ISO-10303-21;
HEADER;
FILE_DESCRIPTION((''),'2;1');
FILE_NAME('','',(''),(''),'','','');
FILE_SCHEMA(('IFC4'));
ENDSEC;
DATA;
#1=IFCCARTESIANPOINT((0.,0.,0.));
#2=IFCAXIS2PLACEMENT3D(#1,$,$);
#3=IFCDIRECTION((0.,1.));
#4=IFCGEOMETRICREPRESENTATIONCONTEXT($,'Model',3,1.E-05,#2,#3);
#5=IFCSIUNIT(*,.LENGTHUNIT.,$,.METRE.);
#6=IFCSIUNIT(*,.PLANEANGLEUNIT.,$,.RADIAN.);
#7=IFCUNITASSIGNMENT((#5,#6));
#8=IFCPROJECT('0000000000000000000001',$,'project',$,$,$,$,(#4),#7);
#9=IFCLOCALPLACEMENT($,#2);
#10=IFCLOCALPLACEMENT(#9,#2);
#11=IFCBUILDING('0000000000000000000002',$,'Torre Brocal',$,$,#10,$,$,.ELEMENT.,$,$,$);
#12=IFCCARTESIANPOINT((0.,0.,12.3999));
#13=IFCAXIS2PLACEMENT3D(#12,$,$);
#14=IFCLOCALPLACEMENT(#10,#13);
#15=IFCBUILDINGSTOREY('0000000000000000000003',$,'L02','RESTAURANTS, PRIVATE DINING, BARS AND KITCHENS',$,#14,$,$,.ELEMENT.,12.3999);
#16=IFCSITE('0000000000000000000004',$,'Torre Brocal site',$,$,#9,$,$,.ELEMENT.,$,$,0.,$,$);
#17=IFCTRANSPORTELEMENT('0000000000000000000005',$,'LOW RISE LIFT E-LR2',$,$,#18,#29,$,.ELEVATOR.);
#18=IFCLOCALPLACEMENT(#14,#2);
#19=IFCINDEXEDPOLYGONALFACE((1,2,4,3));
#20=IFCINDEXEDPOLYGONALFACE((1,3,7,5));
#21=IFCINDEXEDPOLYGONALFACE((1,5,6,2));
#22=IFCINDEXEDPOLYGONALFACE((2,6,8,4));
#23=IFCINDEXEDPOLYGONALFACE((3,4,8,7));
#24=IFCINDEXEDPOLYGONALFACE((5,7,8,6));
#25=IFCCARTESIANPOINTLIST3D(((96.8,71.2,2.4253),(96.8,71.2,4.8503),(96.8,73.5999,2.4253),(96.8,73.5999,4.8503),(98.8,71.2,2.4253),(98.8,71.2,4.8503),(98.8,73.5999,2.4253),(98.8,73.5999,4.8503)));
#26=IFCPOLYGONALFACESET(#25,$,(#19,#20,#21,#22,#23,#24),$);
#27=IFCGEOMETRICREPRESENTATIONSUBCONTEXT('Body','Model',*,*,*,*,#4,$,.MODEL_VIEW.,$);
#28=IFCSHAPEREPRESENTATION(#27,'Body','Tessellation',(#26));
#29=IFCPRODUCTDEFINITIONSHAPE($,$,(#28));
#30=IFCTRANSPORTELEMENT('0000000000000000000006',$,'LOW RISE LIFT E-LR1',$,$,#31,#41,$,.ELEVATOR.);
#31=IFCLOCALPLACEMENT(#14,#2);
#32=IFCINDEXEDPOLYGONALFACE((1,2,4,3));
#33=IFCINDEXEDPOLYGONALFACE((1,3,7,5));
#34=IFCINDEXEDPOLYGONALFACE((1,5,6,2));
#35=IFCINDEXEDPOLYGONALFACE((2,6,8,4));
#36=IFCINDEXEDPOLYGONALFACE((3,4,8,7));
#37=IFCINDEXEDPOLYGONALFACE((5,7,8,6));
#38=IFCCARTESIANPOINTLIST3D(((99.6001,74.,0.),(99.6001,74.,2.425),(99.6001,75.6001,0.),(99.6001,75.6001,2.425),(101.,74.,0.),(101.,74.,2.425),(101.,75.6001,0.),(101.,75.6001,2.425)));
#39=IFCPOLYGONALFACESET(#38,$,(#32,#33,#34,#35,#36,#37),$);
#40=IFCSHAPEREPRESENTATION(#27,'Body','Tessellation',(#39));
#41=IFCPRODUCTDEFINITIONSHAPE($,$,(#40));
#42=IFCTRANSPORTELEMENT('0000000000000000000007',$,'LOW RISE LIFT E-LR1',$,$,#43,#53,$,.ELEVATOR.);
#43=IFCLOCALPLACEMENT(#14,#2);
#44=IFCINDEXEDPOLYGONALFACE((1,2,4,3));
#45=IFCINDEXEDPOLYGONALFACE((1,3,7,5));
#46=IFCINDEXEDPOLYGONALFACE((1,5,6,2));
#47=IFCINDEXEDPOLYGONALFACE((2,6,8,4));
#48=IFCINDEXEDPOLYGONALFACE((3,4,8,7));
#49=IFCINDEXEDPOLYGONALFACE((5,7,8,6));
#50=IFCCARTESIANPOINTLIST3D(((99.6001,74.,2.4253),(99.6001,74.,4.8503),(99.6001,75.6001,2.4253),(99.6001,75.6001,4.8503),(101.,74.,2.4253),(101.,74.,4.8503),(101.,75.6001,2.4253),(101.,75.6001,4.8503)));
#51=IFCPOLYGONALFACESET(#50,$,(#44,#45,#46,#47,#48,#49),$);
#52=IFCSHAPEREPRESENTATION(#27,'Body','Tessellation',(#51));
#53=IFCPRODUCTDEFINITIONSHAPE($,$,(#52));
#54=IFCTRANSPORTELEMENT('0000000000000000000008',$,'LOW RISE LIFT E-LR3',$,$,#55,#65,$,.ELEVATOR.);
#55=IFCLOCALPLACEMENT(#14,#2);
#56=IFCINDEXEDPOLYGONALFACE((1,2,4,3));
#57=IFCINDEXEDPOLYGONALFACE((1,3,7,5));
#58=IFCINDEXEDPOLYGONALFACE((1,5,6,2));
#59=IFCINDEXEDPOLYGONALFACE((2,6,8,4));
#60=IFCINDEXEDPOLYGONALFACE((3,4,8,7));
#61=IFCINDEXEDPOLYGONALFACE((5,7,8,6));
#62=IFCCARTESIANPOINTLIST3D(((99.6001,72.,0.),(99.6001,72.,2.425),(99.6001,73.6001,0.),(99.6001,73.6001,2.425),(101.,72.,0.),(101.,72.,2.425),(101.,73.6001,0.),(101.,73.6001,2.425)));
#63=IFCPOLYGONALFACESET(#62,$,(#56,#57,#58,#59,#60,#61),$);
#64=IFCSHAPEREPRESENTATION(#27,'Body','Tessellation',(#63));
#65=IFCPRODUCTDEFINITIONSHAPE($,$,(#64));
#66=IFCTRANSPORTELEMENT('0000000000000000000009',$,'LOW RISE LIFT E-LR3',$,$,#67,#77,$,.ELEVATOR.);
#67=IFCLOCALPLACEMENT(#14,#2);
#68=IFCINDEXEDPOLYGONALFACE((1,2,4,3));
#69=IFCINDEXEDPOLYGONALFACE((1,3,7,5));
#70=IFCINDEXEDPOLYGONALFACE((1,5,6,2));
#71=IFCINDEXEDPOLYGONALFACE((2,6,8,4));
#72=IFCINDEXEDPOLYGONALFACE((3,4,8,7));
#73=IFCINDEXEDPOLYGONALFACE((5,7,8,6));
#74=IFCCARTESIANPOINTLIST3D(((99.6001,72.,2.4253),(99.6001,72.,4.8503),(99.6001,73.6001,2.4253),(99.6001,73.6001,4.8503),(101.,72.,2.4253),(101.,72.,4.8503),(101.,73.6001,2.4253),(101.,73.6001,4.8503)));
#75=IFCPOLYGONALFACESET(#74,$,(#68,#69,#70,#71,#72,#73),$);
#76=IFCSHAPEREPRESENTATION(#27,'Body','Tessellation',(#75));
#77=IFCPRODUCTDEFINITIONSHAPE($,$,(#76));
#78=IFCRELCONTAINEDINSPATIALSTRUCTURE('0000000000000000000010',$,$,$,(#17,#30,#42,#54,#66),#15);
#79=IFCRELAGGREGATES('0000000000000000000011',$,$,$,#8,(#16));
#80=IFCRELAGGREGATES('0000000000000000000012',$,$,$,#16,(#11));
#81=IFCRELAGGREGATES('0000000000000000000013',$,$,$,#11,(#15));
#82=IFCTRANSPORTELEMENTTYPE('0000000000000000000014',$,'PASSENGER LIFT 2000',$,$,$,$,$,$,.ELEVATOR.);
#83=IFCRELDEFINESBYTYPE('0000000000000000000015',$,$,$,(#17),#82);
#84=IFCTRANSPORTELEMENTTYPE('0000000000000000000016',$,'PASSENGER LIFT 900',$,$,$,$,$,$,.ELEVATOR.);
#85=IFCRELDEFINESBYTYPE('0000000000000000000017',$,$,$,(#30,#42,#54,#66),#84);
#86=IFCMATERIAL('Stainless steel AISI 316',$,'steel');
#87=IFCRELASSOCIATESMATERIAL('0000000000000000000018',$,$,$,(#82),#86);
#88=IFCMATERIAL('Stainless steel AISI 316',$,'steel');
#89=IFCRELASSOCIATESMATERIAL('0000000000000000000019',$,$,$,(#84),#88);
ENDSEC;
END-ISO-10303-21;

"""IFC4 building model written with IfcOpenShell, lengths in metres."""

from ifc_helpers import new_model, si_unit, direction, frame, origin, origin_2d, place, context, subcontext, project, spatial, rectangle, extrude, material, type_object, element, save


model = new_model("IFC4")

# Units and contexts
model_context = context("Model", 3, precision=1e-05, world=origin(), true_north=direction((0.0, 1.0)))
body_context = subcontext(model_context, "Body", "Model", "MODEL_VIEW")
ifc_project = project(units=[si_unit("LENGTHUNIT", "METRE"), si_unit("PLANEANGLEUNIT", "RADIAN")], contexts=[model_context])

# Site, building, storey
site_placement = place(None, origin())
site = spatial("IfcSite", under=ifc_project, at=site_placement, Name="Torre Brocal site", CompositionType="ELEMENT", RefElevation=0.0)
building_placement = place(site_placement, origin())
building = spatial("IfcBuilding", under=site, at=building_placement, Name="Torre Brocal", CompositionType="ELEMENT")
storey_placement = place(building_placement, frame((0.0, 0.0, 12.3999)))
storey = spatial("IfcBuildingStorey", under=building, at=storey_placement, Name="L02", Description="RESTAURANTS, PRIVATE DINING, BARS AND KITCHENS", CompositionType="ELEMENT", Elevation=12.3999)

# Transport elements
ifc_material_1 = material(Name="Stainless steel AISI 316", Category="steel")
transport_element_type_1 = type_object("IfcTransportElementType", Name="PASSENGER LIFT 2000", PredefinedType="ELEVATOR", material=ifc_material_1)
for number, where, z_axis, x_axis, name in (
    (1, (97.8, 72.3999, 2.4253), (0.0, 0.0, 1.0), (1.0, 0.0, 0.0), "LOW RISE LIFT E-LR2"),
):
    element("IfcTransportElement", number, at=place(storey_placement, frame(where, z_axis=z_axis, x_axis=x_axis)), inside=storey, type_object=transport_element_type_1, Name=name, PredefinedType="ELEVATOR", context=body_context, shape_type="SweptSolid", body=[
        extrude(rectangle(XDim=2.0, YDim=2.3999, at=origin_2d()), origin(), (0.0, 0.0, 1.0), 2.425),
    ])
ifc_material_2 = material(Name="Stainless steel AISI 316", Category="steel")
transport_element_type_2 = type_object("IfcTransportElementType", Name="PASSENGER LIFT 900", PredefinedType="ELEVATOR", material=ifc_material_2)
for number, where, z_axis, x_axis, name in (
    (2, (100.3, 74.8, 0.0), (0.0, 0.0, 1.0), (1.0, 0.0, 0.0), "LOW RISE LIFT E-LR1"),
    (3, (100.3, 74.8, 2.4253), (0.0, 0.0, 1.0), (1.0, 0.0, 0.0), "LOW RISE LIFT E-LR1"),
    (4, (100.3, 72.8, 0.0), (0.0, 0.0, 1.0), (1.0, 0.0, 0.0), "LOW RISE LIFT E-LR3"),
    (5, (100.3, 72.8, 2.4253), (0.0, 0.0, 1.0), (1.0, 0.0, 0.0), "LOW RISE LIFT E-LR3"),
):
    element("IfcTransportElement", number, at=place(storey_placement, frame(where, z_axis=z_axis, x_axis=x_axis)), inside=storey, type_object=transport_element_type_2, Name=name, PredefinedType="ELEVATOR", context=body_context, shape_type="SweptSolid", body=[
        extrude(rectangle(XDim=1.3999, YDim=1.6001, at=origin_2d()), origin(), (0.0, 0.0, 1.0), 2.425),
    ])

save(model, "model.ifc")
